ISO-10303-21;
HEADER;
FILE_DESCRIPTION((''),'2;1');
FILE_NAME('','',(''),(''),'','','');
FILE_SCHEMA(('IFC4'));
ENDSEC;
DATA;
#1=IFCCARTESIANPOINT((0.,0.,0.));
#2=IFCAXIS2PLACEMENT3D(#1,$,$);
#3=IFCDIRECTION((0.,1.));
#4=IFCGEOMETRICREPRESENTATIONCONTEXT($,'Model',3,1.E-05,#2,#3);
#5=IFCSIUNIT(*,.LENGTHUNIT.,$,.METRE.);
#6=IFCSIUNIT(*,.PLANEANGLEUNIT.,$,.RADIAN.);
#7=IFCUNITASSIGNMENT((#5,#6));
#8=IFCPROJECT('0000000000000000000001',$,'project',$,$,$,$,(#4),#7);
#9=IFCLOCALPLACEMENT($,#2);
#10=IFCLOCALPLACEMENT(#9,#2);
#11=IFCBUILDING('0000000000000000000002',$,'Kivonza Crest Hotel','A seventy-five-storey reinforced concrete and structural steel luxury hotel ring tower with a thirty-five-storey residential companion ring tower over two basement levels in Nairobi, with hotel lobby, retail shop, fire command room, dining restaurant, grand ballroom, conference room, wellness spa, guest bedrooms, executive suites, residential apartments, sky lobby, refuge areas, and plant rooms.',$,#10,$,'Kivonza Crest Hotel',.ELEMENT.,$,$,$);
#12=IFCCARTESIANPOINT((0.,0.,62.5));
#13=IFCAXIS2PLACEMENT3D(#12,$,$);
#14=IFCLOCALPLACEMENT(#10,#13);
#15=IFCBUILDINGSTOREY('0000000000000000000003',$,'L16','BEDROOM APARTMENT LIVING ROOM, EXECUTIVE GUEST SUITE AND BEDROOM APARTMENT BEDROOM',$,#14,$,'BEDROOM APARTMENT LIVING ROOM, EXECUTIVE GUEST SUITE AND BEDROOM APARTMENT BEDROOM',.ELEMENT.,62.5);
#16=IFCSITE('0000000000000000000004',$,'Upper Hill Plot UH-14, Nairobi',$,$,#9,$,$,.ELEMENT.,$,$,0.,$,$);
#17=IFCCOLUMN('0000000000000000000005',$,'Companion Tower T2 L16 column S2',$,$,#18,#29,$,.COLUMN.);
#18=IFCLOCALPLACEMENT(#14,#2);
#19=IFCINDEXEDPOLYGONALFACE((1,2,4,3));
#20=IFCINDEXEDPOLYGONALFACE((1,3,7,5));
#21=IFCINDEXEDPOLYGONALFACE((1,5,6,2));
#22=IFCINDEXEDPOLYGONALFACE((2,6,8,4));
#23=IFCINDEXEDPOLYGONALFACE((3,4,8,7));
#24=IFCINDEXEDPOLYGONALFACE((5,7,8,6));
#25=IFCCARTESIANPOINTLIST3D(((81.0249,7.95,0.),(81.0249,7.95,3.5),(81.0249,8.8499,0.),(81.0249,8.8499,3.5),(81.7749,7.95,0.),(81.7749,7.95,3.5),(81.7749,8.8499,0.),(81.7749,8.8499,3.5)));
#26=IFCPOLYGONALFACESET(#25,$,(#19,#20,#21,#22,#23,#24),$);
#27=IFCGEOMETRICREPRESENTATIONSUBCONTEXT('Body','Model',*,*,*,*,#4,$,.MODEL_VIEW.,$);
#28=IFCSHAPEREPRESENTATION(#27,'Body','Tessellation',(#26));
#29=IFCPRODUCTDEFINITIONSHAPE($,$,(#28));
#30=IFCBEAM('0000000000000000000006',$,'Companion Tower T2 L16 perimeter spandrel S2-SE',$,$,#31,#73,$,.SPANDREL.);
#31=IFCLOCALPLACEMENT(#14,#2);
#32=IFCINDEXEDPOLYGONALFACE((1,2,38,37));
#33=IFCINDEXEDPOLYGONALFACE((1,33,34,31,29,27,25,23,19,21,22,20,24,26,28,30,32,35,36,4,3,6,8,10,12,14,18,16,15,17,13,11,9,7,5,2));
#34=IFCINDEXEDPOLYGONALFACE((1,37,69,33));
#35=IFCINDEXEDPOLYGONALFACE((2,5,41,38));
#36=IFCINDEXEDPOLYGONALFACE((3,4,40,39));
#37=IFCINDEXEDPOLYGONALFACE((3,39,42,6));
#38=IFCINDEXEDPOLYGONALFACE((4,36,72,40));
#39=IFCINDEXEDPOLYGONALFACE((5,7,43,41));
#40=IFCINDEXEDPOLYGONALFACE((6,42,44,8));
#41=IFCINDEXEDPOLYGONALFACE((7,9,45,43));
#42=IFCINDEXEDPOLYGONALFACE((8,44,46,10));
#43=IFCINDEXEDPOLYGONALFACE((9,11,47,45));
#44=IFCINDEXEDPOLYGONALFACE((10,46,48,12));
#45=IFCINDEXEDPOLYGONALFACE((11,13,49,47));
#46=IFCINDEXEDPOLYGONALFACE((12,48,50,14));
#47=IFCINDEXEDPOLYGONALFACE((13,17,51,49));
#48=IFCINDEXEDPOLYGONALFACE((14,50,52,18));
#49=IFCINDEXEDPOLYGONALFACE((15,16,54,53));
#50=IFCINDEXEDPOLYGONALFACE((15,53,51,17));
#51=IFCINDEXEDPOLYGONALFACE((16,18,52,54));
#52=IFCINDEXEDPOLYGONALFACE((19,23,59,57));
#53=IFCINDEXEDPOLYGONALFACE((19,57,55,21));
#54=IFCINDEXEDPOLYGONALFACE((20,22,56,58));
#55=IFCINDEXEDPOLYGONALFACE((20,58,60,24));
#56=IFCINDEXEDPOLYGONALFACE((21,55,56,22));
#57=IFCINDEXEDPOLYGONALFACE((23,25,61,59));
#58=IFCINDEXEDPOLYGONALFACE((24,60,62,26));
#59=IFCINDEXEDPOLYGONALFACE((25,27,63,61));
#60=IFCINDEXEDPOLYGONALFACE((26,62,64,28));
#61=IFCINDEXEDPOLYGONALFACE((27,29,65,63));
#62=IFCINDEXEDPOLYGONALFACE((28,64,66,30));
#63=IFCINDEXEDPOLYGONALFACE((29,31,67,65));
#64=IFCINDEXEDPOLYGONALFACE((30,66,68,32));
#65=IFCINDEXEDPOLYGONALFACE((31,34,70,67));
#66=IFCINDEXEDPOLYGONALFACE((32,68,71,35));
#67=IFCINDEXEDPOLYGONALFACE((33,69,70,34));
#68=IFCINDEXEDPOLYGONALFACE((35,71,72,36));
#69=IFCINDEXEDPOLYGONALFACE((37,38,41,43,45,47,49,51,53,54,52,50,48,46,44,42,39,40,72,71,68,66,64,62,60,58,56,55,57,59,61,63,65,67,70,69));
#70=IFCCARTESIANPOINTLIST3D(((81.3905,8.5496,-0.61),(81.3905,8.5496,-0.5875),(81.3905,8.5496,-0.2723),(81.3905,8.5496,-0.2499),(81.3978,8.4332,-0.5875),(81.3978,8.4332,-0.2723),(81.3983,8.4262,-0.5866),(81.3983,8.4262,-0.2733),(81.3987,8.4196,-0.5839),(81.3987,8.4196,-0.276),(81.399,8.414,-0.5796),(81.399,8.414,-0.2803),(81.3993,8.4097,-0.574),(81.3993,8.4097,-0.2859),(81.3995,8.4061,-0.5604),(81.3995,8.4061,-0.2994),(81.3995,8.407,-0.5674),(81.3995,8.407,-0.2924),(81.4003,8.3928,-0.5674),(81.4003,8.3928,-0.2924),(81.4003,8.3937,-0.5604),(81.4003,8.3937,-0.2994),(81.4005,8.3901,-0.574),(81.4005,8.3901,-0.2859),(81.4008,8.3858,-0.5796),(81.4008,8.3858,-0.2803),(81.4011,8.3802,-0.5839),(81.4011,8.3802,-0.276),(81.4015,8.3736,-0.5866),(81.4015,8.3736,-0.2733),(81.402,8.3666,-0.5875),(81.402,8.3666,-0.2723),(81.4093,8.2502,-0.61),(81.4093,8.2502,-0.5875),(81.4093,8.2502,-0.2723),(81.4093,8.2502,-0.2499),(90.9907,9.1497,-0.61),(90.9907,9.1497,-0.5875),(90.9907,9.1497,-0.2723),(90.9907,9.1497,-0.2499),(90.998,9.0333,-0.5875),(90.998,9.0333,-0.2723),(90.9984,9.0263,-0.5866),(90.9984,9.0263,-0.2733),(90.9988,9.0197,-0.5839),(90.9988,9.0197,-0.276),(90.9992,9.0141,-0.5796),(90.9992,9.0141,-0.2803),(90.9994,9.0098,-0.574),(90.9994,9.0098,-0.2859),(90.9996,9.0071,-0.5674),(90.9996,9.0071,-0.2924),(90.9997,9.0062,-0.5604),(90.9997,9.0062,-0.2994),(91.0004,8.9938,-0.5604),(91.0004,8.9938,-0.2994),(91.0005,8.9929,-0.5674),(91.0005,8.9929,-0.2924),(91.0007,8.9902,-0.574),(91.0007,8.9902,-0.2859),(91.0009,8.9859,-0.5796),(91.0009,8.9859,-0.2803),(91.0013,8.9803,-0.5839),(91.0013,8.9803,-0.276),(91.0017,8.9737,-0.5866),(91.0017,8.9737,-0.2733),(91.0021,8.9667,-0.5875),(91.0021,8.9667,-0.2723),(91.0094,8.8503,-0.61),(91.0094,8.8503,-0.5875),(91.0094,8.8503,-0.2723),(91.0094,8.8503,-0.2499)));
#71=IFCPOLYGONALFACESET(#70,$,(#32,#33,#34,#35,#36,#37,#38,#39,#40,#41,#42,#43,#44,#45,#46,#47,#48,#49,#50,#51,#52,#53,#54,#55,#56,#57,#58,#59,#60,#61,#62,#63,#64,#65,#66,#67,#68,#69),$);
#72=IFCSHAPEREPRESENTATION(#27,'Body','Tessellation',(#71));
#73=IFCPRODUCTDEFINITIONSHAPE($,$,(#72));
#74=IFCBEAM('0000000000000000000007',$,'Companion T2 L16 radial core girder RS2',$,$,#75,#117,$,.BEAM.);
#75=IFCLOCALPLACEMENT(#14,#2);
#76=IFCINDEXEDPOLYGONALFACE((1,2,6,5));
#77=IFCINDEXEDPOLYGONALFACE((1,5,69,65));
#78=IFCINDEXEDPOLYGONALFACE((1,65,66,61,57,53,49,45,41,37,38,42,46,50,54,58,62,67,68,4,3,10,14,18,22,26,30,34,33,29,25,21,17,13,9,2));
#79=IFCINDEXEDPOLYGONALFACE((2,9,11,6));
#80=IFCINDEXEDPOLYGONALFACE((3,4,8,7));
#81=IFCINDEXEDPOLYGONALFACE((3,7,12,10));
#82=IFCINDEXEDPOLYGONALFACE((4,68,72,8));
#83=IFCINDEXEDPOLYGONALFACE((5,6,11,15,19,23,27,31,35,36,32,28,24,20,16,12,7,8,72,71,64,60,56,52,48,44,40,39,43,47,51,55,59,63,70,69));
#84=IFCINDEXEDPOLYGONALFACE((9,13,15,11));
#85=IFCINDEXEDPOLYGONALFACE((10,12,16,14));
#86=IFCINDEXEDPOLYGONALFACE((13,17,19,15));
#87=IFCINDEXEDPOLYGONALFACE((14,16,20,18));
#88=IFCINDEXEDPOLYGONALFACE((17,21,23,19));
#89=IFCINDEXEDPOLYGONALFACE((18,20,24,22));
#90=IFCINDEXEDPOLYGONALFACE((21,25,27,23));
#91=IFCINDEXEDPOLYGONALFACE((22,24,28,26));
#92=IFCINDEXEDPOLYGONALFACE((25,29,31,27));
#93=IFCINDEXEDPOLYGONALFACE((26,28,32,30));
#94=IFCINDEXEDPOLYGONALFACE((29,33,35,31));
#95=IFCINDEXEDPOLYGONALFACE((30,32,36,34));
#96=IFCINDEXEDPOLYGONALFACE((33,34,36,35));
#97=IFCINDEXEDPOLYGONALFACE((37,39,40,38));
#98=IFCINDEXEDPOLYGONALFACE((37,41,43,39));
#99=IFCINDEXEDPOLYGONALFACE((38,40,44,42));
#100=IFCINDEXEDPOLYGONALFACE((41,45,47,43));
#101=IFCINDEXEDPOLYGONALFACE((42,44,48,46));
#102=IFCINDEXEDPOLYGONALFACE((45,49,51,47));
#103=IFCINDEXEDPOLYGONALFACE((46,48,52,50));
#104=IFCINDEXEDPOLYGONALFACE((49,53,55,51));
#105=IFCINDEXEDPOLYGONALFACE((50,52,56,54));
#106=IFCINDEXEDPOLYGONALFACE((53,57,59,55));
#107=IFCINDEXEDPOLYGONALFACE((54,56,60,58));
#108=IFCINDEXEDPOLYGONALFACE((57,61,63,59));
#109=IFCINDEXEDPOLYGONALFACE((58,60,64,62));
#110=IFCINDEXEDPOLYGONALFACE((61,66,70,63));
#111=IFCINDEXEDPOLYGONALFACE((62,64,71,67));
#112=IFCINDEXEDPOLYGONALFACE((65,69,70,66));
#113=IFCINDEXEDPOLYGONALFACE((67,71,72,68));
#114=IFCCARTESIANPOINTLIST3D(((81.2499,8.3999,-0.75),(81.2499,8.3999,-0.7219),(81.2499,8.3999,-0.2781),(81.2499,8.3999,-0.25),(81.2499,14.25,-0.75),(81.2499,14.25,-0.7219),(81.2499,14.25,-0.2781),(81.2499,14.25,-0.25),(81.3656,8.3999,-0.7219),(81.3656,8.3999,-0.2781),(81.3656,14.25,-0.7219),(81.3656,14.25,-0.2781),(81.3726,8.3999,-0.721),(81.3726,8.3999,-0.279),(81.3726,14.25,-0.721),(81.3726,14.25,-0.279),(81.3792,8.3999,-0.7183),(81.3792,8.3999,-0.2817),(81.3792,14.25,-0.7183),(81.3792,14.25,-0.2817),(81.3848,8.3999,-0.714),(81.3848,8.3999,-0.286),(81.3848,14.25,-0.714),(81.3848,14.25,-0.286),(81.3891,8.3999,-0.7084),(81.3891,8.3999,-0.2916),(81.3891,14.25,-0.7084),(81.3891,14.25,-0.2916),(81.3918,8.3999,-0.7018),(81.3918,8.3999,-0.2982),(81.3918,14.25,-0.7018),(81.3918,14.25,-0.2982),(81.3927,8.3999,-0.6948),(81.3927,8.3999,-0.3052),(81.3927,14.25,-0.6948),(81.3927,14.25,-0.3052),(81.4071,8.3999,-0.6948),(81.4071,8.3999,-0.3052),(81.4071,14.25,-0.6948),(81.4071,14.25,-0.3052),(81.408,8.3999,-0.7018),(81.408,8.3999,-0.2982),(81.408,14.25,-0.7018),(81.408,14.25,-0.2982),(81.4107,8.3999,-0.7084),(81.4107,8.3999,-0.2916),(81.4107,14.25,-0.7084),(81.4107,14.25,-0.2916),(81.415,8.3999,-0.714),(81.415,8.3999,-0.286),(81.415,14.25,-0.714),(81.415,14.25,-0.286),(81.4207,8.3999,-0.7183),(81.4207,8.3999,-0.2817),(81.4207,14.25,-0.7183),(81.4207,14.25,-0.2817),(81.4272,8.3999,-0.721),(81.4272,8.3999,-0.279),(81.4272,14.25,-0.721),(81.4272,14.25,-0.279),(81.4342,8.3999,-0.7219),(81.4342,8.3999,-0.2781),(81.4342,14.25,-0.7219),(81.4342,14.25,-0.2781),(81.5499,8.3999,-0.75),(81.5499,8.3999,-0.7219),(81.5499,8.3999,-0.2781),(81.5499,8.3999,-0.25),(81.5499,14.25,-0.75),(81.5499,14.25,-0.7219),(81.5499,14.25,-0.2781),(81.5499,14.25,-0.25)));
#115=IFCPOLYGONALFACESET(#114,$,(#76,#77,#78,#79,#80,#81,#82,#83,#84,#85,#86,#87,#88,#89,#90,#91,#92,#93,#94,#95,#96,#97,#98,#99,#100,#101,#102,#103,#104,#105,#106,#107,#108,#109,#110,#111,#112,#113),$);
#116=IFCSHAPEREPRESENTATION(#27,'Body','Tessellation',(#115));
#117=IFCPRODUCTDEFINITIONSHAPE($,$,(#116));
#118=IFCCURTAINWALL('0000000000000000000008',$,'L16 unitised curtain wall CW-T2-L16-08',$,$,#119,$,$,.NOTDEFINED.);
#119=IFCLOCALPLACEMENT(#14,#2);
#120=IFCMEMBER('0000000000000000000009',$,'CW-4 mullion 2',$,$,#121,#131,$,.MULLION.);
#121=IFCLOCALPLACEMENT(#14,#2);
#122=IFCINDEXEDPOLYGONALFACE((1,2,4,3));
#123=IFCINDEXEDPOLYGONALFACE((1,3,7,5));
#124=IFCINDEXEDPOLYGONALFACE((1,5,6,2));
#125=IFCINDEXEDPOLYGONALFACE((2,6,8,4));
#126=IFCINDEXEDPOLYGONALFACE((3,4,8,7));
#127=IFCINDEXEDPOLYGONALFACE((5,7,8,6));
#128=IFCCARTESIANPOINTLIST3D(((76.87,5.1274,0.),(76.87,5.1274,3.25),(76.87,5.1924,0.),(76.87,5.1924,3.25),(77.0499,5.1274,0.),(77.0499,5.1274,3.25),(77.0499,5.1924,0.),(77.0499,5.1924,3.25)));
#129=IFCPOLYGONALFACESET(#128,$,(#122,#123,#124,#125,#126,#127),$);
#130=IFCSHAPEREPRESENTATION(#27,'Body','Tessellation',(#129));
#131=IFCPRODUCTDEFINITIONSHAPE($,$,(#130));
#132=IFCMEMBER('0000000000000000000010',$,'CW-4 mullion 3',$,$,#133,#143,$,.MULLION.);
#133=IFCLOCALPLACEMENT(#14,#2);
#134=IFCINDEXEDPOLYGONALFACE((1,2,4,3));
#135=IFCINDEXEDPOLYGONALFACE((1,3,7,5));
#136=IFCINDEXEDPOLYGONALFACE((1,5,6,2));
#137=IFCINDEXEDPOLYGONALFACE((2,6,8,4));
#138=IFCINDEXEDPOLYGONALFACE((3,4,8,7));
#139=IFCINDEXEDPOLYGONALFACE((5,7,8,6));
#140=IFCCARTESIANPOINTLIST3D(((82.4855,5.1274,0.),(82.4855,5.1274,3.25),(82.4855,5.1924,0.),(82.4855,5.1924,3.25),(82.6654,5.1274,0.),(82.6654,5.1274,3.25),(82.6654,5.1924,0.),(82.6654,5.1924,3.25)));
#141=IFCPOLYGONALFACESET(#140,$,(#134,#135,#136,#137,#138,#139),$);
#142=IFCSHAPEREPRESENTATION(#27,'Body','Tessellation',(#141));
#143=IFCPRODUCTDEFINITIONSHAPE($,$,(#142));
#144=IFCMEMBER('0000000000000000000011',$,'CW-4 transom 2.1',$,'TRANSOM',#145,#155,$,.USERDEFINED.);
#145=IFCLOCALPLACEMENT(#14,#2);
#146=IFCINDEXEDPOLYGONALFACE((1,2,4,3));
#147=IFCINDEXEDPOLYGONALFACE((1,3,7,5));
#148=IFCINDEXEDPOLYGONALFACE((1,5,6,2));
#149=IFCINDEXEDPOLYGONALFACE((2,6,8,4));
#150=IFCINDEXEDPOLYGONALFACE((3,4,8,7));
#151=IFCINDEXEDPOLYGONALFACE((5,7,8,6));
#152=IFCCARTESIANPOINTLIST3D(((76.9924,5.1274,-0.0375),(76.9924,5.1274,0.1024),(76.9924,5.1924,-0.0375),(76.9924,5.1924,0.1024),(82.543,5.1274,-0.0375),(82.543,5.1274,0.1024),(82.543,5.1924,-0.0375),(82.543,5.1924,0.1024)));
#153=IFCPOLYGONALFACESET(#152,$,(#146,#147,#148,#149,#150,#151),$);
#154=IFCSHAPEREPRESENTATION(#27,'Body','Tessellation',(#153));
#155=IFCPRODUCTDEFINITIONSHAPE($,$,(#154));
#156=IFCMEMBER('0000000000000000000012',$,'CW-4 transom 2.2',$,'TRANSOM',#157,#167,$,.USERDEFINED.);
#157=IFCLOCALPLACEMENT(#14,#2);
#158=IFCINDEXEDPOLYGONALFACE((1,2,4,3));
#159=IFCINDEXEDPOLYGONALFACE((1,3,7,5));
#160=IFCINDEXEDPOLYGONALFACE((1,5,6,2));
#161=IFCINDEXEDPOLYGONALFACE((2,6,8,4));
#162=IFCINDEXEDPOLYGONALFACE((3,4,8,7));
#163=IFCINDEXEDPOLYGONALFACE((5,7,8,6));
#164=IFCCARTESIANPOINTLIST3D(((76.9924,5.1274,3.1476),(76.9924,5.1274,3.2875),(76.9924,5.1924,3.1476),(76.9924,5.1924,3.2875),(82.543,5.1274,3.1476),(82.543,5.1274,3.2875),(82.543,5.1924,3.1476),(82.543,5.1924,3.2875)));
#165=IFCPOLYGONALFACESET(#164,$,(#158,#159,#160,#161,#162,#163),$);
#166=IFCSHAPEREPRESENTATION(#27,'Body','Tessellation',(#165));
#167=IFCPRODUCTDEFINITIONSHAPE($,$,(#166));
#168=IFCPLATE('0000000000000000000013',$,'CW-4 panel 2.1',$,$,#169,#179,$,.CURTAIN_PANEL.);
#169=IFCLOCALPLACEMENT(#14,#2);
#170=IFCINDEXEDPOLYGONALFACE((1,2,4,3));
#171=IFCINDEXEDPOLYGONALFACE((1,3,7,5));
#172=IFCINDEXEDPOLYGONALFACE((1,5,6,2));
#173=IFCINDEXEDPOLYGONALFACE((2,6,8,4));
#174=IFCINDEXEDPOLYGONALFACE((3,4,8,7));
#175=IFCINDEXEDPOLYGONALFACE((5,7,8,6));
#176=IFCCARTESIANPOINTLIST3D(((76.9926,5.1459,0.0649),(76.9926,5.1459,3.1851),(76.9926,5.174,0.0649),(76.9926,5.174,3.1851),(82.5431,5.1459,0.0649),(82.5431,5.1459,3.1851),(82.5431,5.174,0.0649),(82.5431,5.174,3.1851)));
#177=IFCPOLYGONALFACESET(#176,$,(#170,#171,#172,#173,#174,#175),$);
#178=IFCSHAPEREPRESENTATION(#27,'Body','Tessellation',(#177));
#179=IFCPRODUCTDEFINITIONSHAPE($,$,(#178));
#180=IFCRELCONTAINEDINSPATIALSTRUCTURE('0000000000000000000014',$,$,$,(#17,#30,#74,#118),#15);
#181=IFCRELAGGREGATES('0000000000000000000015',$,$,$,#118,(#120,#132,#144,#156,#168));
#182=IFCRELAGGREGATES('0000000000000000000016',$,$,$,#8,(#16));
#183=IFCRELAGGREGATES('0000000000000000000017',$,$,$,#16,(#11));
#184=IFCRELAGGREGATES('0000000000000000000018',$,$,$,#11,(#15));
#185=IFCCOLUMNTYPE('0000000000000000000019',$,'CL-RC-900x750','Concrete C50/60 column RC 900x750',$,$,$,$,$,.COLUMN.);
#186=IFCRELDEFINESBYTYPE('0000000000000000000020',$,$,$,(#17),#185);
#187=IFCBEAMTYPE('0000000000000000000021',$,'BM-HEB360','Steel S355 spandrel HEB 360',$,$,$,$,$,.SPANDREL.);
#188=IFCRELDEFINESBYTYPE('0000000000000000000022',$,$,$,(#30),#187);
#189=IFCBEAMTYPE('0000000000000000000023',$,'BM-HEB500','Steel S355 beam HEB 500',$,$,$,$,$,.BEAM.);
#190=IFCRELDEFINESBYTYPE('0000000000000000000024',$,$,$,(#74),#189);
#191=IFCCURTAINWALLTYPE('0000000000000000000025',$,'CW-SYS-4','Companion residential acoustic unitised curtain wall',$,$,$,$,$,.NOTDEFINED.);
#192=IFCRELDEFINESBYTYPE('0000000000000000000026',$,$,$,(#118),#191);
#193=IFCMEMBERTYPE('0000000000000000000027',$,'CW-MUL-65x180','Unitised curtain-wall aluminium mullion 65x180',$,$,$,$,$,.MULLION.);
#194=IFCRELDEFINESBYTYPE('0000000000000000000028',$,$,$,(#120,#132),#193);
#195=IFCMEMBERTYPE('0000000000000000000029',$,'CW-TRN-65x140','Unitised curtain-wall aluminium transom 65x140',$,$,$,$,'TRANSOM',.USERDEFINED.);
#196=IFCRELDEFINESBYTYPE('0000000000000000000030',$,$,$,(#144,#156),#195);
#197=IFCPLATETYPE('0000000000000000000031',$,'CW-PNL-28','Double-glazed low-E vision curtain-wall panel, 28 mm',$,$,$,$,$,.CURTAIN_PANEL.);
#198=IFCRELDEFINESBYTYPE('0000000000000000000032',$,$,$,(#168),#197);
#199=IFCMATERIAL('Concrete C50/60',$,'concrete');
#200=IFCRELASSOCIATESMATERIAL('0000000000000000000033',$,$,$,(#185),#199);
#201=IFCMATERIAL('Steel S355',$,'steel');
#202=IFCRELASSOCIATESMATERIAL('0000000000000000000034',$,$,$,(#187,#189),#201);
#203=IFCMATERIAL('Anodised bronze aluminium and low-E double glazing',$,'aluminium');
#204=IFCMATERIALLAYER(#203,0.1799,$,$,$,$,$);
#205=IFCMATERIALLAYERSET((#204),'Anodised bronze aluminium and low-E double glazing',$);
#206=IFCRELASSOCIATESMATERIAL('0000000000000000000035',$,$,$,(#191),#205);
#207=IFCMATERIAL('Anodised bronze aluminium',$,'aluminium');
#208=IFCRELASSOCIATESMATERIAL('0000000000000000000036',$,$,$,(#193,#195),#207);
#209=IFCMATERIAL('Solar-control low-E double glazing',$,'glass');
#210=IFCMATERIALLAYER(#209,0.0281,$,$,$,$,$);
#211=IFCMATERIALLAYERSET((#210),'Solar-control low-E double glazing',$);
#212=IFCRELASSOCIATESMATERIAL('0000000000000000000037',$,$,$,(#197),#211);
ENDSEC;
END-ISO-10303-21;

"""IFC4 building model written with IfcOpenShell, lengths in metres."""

from ifc_helpers import new_model, si_unit, direction, frame, origin, origin_2d, place, context, subcontext, project, spatial, rectangle, i_section, extrude, material, layer, layer_set, material_profile, profile_set, type_object, element, aggregate, save


model = new_model("IFC4")

# Units and contexts
model_context = context("Model", 3, precision=1e-05, world=origin(), true_north=direction((0.0, 1.0)))
body_context = subcontext(model_context, "Body", "Model", "MODEL_VIEW")
ifc_project = project(units=[si_unit("LENGTHUNIT", "METRE"), si_unit("PLANEANGLEUNIT", "RADIAN")], contexts=[model_context])

# Site, building, storey
site_placement = place(None, origin())
site = spatial("IfcSite", under=ifc_project, at=site_placement, Name="Upper Hill Plot UH-14, Nairobi", CompositionType="ELEMENT", RefElevation=0.0)
building_placement = place(site_placement, origin())
building = spatial("IfcBuilding", under=site, at=building_placement, Name="Kivonza Crest Hotel", Description="A seventy-five-storey reinforced concrete and structural steel luxury hotel ring tower with a thirty-five-storey residential companion ring tower over two basement levels in Nairobi, with hotel lobby, retail shop, fire command room, dining restaurant, grand ballroom, conference room, wellness spa, guest bedrooms, executive suites, residential apartments, sky lobby, refuge areas, and plant rooms.", LongName="Kivonza Crest Hotel", CompositionType="ELEMENT")
storey_placement = place(building_placement, frame((0.0, 0.0, 62.5)))
storey = spatial("IfcBuildingStorey", under=building, at=storey_placement, Name="L16", Description="BEDROOM APARTMENT LIVING ROOM, EXECUTIVE GUEST SUITE AND BEDROOM APARTMENT BEDROOM", LongName="BEDROOM APARTMENT LIVING ROOM, EXECUTIVE GUEST SUITE AND BEDROOM APARTMENT BEDROOM", CompositionType="ELEMENT", Elevation=62.5)

# Column
ifc_material_1 = material(Name="Concrete C50/60", Category="concrete")
ifc_material_profile_1 = material_profile(ifc_material_1, rectangle(XDim=0.75, YDim=0.8999, at=origin_2d()), Name="RC 900x750")
ifc_profile_set_1 = profile_set([ifc_material_profile_1], Name="Concrete C50/60")
column_type = type_object("IfcColumnType", Name="CL-RC-900x750", Description="Concrete C50/60 column RC 900x750", PredefinedType="COLUMN", material=ifc_profile_set_1)
column_placement = place(storey_placement, frame((81.3999, 8.3999, 0.0), z_axis=(0.0, 0.0, 1.0), x_axis=(1.0, 0.0, 0.0)))
element("IfcColumn", 1, at=column_placement, inside=storey, type_object=column_type, Name="Companion Tower T2 L16 column S2", PredefinedType="COLUMN", context=body_context, shape_type="SweptSolid", body=[
    extrude(rectangle(XDim=0.75, YDim=0.8999, at=origin_2d()), origin(), (0.0, 0.0, 1.0), 3.5),
])

# Beams
ifc_material_2 = material(Name="Steel S355", Category="steel")
ifc_material_profile_2 = material_profile(ifc_material_2, i_section(OverallWidth=0.3, OverallDepth=0.3601, WebThickness=0.0125, FlangeThickness=0.0225, FilletRadius=0.0271, at=origin_2d()), Name="HEB 360")
ifc_profile_set_2 = profile_set([ifc_material_profile_2], Name="Steel S355")
beam_type_1 = type_object("IfcBeamType", Name="BM-HEB360", Description="Steel S355 spandrel HEB 360", PredefinedType="SPANDREL", material=ifc_profile_set_2)
beam_1_placement = place(storey_placement, frame((81.3999, 8.3999, -0.4299), z_axis=(0.998052, 0.062388, 0.0), x_axis=(-0.062388, 0.998052, 0.0)))
element("IfcBeam", 2, at=beam_1_placement, inside=storey, type_object=beam_type_1, Name="Companion Tower T2 L16 perimeter spandrel S2-SE", PredefinedType="SPANDREL", context=body_context, shape_type="SweptSolid", body=[
    extrude(i_section(OverallWidth=0.3, OverallDepth=0.3601, WebThickness=0.0125, FlangeThickness=0.0225, FilletRadius=0.0271, at=origin_2d()), origin(), (0.0, 0.0, 1.0), 9.6189),
])
ifc_material_profile_3 = material_profile(ifc_material_2, i_section(OverallWidth=0.3, OverallDepth=0.5, WebThickness=0.0144, FlangeThickness=0.0281, FilletRadius=0.0271, at=origin_2d()), Name="HEB 500")
ifc_profile_set_3 = profile_set([ifc_material_profile_3], Name="Steel S355")
beam_type_2 = type_object("IfcBeamType", Name="BM-HEB500", Description="Steel S355 beam HEB 500", PredefinedType="BEAM", material=ifc_profile_set_3)
beam_2_placement = place(storey_placement, frame((81.3999, 8.3999, -0.5), z_axis=(0.0, 1.0, 0.0), x_axis=(-1.0, 0.0, 0.0)))
element("IfcBeam", 3, at=beam_2_placement, inside=storey, type_object=beam_type_2, Name="Companion T2 L16 radial core girder RS2", PredefinedType="BEAM", context=body_context, shape_type="SweptSolid", body=[
    extrude(i_section(OverallWidth=0.3, OverallDepth=0.5, WebThickness=0.0144, FlangeThickness=0.0281, FilletRadius=0.0271, at=origin_2d()), origin(), (0.0, 0.0, 1.0), 5.8501),
])

# Curtain wall, members, plate
ifc_material_3 = material(Name="Anodised bronze aluminium and low-E double glazing", Category="aluminium")
ifc_layer_1 = layer(ifc_material_3, 0.1799)
ifc_layer_set_1 = layer_set([ifc_layer_1], Name="Anodised bronze aluminium and low-E double glazing")
curtain_wall_type = type_object("IfcCurtainWallType", Name="CW-SYS-4", Description="Companion residential acoustic unitised curtain wall", PredefinedType="NOTDEFINED", material=ifc_layer_set_1)
curtain_wall_placement = place(storey_placement, origin())
curtain_wall = element("IfcCurtainWall", 4, at=curtain_wall_placement, inside=storey, type_object=curtain_wall_type, Name="L16 unitised curtain wall CW-T2-L16-08", PredefinedType="NOTDEFINED")
ifc_material_4 = material(Name="Anodised bronze aluminium", Category="aluminium")
ifc_material_profile_4 = material_profile(ifc_material_4, rectangle(XDim=0.0649, YDim=0.1799, at=origin_2d()), Name="CW-M 65x180")
ifc_profile_set_4 = profile_set([ifc_material_profile_4], Name="Anodised bronze aluminium")
member_type_1 = type_object("IfcMemberType", Name="CW-MUL-65x180", Description="Unitised curtain-wall aluminium mullion 65x180", PredefinedType="MULLION", material=ifc_profile_set_4)
member_1_placement = place(storey_placement, frame((76.96, 5.1599, 0.0), z_axis=(0.0, 0.0, 1.0), x_axis=(0.0, 1.0, 0.0)))
member_1 = element("IfcMember", 5, at=member_1_placement, type_object=member_type_1, Name="CW-4 mullion 2", PredefinedType="MULLION", context=body_context, shape_type="SweptSolid", body=[
    extrude(rectangle(XDim=0.0649, YDim=0.1799, at=origin_2d()), origin(), (0.0, 0.0, 1.0), 3.25),
])
member_2_placement = place(storey_placement, frame((82.5754, 5.1599, 0.0), z_axis=(0.0, 0.0, 1.0), x_axis=(0.0, 1.0, 0.0)))
member_2 = element("IfcMember", 6, at=member_2_placement, type_object=member_type_1, Name="CW-4 mullion 3", PredefinedType="MULLION", context=body_context, shape_type="SweptSolid", body=[
    extrude(rectangle(XDim=0.0649, YDim=0.1799, at=origin_2d()), origin(), (0.0, 0.0, 1.0), 3.25),
])
ifc_material_profile_5 = material_profile(ifc_material_4, rectangle(XDim=0.0649, YDim=0.1399, at=origin_2d()), Name="CW-T 65x140")
ifc_profile_set_5 = profile_set([ifc_material_profile_5], Name="Anodised bronze aluminium")
member_type_2 = type_object("IfcMemberType", Name="CW-TRN-65x140", Description="Unitised curtain-wall aluminium transom 65x140", ElementType="TRANSOM", PredefinedType="USERDEFINED", material=ifc_profile_set_5)
member_3_placement = place(storey_placement, frame((76.9924, 5.1599, 0.0325), z_axis=(1.0, 0.0, 0.0), x_axis=(0.0, 1.0, 0.0)))
member_3 = element("IfcMember", 7, at=member_3_placement, type_object=member_type_2, Name="CW-4 transom 2.1", ObjectType="TRANSOM", PredefinedType="USERDEFINED", context=body_context, shape_type="SweptSolid", body=[
    extrude(rectangle(XDim=0.0649, YDim=0.1399, at=origin_2d()), origin(), (0.0, 0.0, 1.0), 5.5505),
])
member_4_placement = place(storey_placement, frame((76.9924, 5.1599, 3.2175), z_axis=(1.0, 0.0, 0.0), x_axis=(0.0, 1.0, 0.0)))
member_4 = element("IfcMember", 8, at=member_4_placement, type_object=member_type_2, Name="CW-4 transom 2.2", ObjectType="TRANSOM", PredefinedType="USERDEFINED", context=body_context, shape_type="SweptSolid", body=[
    extrude(rectangle(XDim=0.0649, YDim=0.1399, at=origin_2d()), origin(), (0.0, 0.0, 1.0), 5.5505),
])
ifc_material_5 = material(Name="Solar-control low-E double glazing", Category="glass")
ifc_layer_2 = layer(ifc_material_5, 0.0281)
ifc_layer_set_2 = layer_set([ifc_layer_2], Name="Solar-control low-E double glazing")
plate_type = type_object("IfcPlateType", Name="CW-PNL-28", Description="Double-glazed low-E vision curtain-wall panel, 28 mm", PredefinedType="CURTAIN_PANEL", material=ifc_layer_set_2)
plate_placement = place(storey_placement, frame((79.7678, 5.1599, 0.0649), z_axis=(0.0, 0.0, 1.0), x_axis=(1.0, 0.0, 0.0)))
plate = element("IfcPlate", 9, at=plate_placement, type_object=plate_type, Name="CW-4 panel 2.1", PredefinedType="CURTAIN_PANEL", context=body_context, shape_type="SweptSolid", body=[
    extrude(rectangle(XDim=5.5505, YDim=0.0281, at=origin_2d()), origin(), (0.0, 0.0, 1.0), 3.1201),
])
aggregate(curtain_wall, [member_1, member_2, member_3, member_4, plate])

save(model, "model.ifc")
